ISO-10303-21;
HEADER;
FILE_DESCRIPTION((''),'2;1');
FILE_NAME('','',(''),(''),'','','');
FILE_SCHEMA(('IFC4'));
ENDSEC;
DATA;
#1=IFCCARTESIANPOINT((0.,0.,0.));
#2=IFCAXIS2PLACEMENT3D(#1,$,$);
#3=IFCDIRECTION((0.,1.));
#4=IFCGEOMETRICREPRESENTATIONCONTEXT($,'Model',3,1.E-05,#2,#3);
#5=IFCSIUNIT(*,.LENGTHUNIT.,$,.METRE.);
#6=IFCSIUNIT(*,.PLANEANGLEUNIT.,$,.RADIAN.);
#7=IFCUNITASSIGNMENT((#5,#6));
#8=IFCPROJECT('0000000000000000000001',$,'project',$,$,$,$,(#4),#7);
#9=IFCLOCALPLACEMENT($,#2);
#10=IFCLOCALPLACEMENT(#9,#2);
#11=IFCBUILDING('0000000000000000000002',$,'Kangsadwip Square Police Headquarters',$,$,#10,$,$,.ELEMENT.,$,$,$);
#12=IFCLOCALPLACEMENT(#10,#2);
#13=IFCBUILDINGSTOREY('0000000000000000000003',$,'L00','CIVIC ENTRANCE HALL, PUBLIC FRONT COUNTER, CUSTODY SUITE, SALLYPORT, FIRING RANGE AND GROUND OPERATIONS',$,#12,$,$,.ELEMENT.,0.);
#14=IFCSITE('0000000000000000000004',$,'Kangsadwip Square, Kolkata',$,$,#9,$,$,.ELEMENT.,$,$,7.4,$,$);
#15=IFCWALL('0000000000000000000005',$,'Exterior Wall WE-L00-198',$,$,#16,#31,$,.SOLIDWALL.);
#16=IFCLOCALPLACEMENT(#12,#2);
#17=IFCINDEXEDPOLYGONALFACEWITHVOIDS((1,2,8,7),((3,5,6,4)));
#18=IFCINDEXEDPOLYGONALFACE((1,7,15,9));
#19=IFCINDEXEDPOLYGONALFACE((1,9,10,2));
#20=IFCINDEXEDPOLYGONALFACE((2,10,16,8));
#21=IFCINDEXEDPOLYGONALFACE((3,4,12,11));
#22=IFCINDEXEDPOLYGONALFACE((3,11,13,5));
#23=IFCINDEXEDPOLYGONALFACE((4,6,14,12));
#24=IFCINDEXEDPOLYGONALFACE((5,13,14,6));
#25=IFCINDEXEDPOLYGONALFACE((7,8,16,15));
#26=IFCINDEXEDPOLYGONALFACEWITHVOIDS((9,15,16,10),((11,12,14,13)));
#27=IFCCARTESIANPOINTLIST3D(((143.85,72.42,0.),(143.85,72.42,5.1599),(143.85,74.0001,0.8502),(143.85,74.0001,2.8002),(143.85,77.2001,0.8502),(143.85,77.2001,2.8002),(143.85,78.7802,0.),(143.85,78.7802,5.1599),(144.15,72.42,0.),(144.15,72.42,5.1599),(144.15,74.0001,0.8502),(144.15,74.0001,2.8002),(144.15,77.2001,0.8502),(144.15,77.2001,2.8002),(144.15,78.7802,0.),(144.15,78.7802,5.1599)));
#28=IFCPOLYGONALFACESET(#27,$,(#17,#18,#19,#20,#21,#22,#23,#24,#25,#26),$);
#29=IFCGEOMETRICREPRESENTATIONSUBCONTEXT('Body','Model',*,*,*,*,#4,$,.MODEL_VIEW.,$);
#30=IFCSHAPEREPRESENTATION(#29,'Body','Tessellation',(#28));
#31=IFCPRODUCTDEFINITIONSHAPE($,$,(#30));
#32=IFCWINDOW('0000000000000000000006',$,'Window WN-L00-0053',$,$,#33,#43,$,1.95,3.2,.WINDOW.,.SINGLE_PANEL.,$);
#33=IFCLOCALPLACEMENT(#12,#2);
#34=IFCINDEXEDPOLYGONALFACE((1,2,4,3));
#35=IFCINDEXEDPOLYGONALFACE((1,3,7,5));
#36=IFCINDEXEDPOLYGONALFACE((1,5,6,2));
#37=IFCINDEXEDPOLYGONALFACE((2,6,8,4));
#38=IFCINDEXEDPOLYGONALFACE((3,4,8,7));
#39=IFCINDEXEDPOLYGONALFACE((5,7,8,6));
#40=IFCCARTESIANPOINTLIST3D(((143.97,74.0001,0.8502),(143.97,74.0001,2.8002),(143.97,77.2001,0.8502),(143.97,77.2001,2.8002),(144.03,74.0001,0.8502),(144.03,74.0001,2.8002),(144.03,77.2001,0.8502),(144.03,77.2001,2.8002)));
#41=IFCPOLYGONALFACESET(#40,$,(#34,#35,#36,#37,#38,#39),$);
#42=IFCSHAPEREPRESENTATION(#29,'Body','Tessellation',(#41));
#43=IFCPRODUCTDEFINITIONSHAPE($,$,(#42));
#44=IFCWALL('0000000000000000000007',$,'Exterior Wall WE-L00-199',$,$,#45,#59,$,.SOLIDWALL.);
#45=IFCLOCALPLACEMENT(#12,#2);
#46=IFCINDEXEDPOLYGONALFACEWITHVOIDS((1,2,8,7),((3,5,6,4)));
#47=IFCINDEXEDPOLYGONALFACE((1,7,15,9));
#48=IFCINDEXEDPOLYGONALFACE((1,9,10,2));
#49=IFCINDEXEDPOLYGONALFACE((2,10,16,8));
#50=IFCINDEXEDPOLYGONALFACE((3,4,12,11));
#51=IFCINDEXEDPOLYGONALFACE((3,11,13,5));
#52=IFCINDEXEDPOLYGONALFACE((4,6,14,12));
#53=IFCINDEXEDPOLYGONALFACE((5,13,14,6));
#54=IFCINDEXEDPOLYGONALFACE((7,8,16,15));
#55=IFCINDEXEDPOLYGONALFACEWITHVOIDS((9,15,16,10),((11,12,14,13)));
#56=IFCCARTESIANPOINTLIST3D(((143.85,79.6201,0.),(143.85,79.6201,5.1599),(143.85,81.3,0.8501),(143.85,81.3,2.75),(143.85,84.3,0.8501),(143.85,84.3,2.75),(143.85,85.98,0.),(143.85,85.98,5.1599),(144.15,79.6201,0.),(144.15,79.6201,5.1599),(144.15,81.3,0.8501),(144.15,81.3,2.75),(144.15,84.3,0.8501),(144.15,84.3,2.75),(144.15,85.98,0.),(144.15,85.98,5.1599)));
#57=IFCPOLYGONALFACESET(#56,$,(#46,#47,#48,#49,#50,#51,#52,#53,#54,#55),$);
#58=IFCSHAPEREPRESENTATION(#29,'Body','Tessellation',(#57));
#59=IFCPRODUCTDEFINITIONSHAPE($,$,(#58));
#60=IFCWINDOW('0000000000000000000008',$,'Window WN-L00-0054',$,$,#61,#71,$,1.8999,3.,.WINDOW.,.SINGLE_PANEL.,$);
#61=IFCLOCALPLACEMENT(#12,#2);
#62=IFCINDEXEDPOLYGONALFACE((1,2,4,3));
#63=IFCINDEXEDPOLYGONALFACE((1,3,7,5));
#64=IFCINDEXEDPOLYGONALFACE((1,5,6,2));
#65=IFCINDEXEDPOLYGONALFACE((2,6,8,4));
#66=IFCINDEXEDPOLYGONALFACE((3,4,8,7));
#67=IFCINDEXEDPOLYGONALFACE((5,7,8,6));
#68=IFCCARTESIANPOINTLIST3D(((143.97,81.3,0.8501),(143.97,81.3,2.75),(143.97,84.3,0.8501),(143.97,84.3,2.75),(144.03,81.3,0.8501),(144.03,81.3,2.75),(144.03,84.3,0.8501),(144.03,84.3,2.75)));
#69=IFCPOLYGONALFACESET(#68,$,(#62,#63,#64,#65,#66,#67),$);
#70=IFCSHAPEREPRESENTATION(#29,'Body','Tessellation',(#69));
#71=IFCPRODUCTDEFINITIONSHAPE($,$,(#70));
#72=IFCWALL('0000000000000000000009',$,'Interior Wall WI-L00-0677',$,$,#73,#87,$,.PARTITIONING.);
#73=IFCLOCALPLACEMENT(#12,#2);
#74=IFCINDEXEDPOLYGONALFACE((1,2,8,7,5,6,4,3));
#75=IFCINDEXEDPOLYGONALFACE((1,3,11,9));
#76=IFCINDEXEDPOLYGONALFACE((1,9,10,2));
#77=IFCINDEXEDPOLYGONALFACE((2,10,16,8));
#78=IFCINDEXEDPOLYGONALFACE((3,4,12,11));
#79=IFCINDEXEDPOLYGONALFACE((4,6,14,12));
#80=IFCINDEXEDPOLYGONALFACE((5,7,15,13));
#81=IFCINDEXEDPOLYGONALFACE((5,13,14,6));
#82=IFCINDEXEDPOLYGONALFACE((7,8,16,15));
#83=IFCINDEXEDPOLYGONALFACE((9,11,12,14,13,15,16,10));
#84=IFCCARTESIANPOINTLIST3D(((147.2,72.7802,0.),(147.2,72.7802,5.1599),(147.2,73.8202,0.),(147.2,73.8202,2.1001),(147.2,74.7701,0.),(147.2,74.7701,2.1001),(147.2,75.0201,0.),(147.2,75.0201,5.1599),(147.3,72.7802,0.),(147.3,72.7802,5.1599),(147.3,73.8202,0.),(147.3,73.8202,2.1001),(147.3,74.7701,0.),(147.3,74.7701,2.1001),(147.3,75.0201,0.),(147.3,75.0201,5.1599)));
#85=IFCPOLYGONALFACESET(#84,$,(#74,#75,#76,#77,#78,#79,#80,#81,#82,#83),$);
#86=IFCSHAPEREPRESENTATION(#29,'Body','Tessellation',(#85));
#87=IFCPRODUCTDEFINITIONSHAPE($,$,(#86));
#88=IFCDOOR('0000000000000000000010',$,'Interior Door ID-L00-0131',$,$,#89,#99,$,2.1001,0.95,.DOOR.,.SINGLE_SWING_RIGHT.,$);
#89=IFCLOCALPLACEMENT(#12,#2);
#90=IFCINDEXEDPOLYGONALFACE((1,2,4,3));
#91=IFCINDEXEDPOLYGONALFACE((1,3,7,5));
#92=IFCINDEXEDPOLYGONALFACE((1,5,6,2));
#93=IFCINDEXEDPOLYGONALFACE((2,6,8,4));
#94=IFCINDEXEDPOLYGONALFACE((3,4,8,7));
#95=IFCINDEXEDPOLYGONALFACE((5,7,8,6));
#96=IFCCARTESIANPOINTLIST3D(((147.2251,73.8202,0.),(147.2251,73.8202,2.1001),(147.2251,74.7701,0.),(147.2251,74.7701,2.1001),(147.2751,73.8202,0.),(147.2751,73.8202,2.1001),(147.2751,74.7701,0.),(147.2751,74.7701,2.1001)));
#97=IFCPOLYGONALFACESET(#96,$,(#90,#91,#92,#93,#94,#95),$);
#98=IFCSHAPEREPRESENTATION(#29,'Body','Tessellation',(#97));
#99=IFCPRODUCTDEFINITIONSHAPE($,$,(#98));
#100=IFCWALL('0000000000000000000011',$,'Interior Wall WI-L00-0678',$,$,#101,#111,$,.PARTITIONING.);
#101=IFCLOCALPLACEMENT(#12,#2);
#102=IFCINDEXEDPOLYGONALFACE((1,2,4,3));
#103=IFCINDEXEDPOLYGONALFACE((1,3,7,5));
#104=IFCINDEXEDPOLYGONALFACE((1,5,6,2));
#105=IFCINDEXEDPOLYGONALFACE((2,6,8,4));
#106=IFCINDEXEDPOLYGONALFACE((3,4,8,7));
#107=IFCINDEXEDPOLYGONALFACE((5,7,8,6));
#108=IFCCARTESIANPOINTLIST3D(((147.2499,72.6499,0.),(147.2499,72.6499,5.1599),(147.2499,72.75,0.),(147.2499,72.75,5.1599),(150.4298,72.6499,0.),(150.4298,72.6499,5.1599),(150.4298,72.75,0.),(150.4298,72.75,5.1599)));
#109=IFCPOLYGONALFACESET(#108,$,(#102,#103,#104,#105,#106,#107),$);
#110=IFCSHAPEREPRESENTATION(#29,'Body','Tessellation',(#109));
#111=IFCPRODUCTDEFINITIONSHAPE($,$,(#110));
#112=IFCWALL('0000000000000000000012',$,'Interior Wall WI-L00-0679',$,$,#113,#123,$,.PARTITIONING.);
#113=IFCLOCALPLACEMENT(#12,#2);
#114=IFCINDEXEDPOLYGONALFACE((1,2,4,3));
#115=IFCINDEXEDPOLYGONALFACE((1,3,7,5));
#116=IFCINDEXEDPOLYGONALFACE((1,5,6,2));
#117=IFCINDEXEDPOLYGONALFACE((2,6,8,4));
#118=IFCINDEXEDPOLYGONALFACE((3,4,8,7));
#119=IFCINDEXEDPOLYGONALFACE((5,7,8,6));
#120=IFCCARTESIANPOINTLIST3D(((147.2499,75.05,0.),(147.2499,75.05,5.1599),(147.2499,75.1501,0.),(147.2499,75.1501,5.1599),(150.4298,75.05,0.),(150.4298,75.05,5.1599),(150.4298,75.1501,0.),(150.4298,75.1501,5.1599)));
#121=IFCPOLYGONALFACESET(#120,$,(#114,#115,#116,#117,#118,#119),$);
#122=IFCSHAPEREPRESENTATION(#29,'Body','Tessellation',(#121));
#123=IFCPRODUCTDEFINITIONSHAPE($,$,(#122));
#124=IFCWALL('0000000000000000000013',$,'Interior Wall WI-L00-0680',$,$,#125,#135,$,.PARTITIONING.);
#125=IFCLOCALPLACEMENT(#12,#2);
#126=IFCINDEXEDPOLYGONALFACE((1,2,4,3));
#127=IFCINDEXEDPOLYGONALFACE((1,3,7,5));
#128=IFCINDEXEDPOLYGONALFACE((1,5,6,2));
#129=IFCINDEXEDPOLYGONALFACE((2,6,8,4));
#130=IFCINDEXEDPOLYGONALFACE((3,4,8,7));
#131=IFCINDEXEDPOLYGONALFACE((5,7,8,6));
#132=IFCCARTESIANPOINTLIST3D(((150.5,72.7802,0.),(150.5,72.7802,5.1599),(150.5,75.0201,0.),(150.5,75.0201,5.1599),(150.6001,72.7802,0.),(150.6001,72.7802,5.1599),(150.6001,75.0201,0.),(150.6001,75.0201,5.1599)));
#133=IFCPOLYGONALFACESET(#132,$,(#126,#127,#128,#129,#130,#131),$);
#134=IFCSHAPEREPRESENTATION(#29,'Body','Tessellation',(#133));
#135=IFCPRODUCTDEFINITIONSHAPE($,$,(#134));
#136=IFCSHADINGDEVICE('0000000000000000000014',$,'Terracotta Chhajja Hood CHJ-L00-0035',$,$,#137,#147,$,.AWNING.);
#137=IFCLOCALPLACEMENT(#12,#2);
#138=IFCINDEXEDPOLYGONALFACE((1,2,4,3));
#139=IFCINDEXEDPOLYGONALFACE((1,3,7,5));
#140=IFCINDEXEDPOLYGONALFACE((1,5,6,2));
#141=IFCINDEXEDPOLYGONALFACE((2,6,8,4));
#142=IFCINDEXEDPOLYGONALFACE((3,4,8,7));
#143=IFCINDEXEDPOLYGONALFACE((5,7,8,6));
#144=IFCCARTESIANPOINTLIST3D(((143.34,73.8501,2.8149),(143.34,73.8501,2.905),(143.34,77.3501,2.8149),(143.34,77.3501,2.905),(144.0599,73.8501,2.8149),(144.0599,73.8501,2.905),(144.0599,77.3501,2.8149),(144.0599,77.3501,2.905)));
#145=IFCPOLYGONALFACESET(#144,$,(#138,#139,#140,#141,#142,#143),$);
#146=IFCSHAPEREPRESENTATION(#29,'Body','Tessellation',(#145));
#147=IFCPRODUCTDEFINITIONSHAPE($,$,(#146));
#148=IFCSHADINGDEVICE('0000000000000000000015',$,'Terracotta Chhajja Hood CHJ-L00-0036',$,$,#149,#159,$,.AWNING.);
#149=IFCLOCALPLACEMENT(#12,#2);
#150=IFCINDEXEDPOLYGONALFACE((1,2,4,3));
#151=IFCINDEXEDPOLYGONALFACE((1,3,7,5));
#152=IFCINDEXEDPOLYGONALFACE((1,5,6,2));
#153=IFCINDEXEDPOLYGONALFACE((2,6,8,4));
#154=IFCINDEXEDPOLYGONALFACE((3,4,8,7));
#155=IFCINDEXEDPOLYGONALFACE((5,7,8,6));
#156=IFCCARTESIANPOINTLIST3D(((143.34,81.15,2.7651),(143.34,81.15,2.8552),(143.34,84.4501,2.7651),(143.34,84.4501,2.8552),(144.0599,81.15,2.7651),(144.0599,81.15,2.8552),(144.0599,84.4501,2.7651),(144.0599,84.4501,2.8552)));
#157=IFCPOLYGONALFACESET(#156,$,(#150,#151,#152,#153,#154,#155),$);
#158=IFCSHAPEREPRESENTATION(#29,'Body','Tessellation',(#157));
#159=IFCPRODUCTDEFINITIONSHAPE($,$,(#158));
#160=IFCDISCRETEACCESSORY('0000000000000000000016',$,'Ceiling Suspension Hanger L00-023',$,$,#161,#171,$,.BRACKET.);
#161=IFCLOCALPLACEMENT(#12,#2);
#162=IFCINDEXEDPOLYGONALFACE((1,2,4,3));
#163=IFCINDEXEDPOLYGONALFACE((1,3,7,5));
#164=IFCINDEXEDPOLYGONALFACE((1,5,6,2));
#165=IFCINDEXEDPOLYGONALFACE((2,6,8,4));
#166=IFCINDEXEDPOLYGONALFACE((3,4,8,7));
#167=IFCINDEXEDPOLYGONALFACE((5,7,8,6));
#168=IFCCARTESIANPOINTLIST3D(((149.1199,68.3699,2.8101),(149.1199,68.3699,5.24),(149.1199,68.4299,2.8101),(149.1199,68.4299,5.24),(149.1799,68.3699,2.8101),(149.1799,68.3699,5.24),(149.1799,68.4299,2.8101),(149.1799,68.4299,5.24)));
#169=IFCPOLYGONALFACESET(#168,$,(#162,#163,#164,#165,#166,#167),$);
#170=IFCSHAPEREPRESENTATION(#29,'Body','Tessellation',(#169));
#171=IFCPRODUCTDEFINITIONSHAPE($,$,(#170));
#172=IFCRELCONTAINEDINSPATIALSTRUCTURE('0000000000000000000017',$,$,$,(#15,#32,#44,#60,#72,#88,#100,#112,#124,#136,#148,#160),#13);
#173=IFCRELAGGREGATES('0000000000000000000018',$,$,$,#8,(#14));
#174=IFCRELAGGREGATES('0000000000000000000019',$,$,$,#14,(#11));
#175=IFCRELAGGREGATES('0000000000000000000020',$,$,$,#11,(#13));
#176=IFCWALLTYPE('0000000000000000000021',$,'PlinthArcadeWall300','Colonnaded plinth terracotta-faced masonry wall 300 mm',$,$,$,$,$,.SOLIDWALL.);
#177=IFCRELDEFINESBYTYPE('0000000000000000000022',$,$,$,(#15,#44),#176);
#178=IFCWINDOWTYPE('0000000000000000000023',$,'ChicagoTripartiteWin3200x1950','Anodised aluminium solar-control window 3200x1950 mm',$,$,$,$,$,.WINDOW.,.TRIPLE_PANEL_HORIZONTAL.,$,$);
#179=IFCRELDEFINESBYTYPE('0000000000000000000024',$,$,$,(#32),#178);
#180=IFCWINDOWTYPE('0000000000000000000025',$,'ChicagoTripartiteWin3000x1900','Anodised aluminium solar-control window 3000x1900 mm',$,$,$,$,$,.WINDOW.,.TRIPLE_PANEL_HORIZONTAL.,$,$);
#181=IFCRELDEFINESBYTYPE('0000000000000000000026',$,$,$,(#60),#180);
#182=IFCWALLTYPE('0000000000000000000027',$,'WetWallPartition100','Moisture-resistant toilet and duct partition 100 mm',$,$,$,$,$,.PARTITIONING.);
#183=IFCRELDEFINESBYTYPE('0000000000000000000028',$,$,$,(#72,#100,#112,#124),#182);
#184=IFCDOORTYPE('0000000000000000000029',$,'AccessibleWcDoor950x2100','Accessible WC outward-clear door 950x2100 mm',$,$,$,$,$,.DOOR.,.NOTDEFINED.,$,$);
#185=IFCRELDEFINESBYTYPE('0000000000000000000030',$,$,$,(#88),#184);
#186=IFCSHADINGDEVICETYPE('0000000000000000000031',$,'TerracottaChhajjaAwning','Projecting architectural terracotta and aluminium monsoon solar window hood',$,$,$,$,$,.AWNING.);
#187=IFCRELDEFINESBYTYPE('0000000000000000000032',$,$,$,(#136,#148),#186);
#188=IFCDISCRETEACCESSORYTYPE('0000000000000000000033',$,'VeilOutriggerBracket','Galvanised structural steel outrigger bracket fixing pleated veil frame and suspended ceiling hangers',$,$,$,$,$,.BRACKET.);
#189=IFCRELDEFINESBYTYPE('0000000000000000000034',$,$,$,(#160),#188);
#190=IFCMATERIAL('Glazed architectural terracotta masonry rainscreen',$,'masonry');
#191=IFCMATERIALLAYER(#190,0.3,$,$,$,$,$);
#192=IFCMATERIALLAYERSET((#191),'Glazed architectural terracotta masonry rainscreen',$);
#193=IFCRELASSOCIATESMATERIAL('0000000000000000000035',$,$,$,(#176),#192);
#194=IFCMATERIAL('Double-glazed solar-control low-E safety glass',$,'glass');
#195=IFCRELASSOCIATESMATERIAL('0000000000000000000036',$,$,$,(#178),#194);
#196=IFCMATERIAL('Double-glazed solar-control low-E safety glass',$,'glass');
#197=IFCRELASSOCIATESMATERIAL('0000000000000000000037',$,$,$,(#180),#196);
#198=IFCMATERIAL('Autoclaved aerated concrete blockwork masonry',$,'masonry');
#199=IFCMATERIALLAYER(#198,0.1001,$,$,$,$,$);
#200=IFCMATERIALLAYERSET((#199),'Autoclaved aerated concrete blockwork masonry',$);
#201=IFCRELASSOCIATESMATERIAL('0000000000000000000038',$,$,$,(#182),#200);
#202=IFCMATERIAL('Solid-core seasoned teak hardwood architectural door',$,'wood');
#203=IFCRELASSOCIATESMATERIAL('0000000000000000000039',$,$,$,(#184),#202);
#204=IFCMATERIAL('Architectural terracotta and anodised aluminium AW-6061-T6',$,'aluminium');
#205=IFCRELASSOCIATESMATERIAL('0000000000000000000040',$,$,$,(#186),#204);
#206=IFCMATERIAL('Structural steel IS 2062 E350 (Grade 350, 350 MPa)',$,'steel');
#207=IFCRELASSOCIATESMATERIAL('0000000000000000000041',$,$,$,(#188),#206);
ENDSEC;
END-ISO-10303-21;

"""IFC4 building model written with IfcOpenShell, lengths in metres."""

from ifc_helpers import new_model, si_unit, direction, frame, frame_2d, origin, origin_2d, place, context, subcontext, project, spatial, rectangle, extrude, material, layer, layer_set, type_object, element, fill, save


model = new_model("IFC4")

# Units and contexts
model_context = context("Model", 3, precision=1e-05, world=origin(), true_north=direction((0.0, 1.0)))
body_context = subcontext(model_context, "Body", "Model", "MODEL_VIEW")
ifc_project = project(units=[si_unit("LENGTHUNIT", "METRE"), si_unit("PLANEANGLEUNIT", "RADIAN")], contexts=[model_context])

# Site, building, storey
site_placement = place(None, origin())
site = spatial("IfcSite", under=ifc_project, at=site_placement, Name="Kangsadwip Square, Kolkata", CompositionType="ELEMENT", RefElevation=7.4)
building_placement = place(site_placement, origin())
building = spatial("IfcBuilding", under=site, at=building_placement, Name="Kangsadwip Square Police Headquarters", CompositionType="ELEMENT")
storey_placement = place(building_placement, origin())
storey = spatial("IfcBuildingStorey", under=building, at=storey_placement, Name="L00", Description="CIVIC ENTRANCE HALL, PUBLIC FRONT COUNTER, CUSTODY SUITE, SALLYPORT, FIRING RANGE AND GROUND OPERATIONS", CompositionType="ELEMENT", Elevation=0.0)

# Walls, openings, windows
ifc_material_1 = material(Name="Glazed architectural terracotta masonry rainscreen", Category="masonry")
ifc_layer_1 = layer(ifc_material_1, 0.3)
ifc_layer_set_1 = layer_set([ifc_layer_1], Name="Glazed architectural terracotta masonry rainscreen")
wall_type_1 = type_object("IfcWallType", Name="PlinthArcadeWall300", Description="Colonnaded plinth terracotta-faced masonry wall 300 mm", PredefinedType="SOLIDWALL", material=ifc_layer_set_1)
wall_1_placement = place(storey_placement, frame((144.0, 72.4199, 0.0), z_axis=(0.0, 0.0, 1.0), x_axis=(0.0, 1.0, 0.0)))
wall_1 = element("IfcWall", 1, at=wall_1_placement, inside=storey, type_object=wall_type_1, Name="Exterior Wall WE-L00-198", PredefinedType="SOLIDWALL", context=body_context, shape_type="SweptSolid", body=[
    extrude(rectangle(XDim=6.3601, YDim=0.3, at=frame_2d((3.1802, 0.0))), origin(), (0.0, 0.0, 1.0), 5.1599),
])
opening_1_placement = place(wall_1_placement, frame((1.5801, 0.0, 0.8501)))
opening_1 = element("IfcOpeningElement", 2, at=opening_1_placement, cuts=wall_1, PredefinedType="OPENING", context=body_context, shape_type="SweptSolid", body=[
    extrude(rectangle(XDim=3.2, YDim=1.95, at=frame_2d((1.6001, 0.9751))), frame((0.0, 0.1599, 0.0), z_axis=(0.0, -1.0, 0.0), x_axis=(1.0, 0.0, 0.0)), (0.0, 0.0, 1.0), 0.3201),
])
ifc_material_2 = material(Name="Double-glazed solar-control low-E safety glass", Category="glass")
window_type_1 = type_object("IfcWindowType", Name="ChicagoTripartiteWin3200x1950", Description="Anodised aluminium solar-control window 3200x1950 mm", PartitioningType="TRIPLE_PANEL_HORIZONTAL", PredefinedType="WINDOW", material=ifc_material_2)
window_1_placement = place(opening_1_placement, origin())
window_1 = element("IfcWindow", 3, at=window_1_placement, inside=storey, type_object=window_type_1, Name="Window WN-L00-0053", OverallHeight=1.95, OverallWidth=3.2, PartitioningType="SINGLE_PANEL", PredefinedType="WINDOW", context=body_context, shape_type="SweptSolid", body=[
    extrude(rectangle(XDim=3.2, YDim=1.95, at=frame_2d((1.6001, 0.9751))), frame((0.0, 0.03, 0.0), z_axis=(0.0, -1.0, 0.0), x_axis=(1.0, 0.0, 0.0)), (0.0, 0.0, 1.0), 0.0601),
])
fill(opening_1, window_1)
wall_2_placement = place(storey_placement, frame((144.0, 79.6201, 0.0), z_axis=(0.0, 0.0, 1.0), x_axis=(0.0, 1.0, 0.0)))
wall_2 = element("IfcWall", 4, at=wall_2_placement, inside=storey, type_object=wall_type_1, Name="Exterior Wall WE-L00-199", PredefinedType="SOLIDWALL", context=body_context, shape_type="SweptSolid", body=[
    extrude(rectangle(XDim=6.3599, YDim=0.3, at=frame_2d((3.1799, 0.0))), origin(), (0.0, 0.0, 1.0), 5.1599),
])
opening_2_placement = place(wall_2_placement, frame((1.6799, 0.0, 0.8501)))
opening_2 = element("IfcOpeningElement", 5, at=opening_2_placement, cuts=wall_2, PredefinedType="OPENING", context=body_context, shape_type="SweptSolid", body=[
    extrude(rectangle(XDim=3.0, YDim=1.8999, at=frame_2d((1.5, 0.95))), frame((0.0, 0.1599, 0.0), z_axis=(0.0, -1.0, 0.0), x_axis=(1.0, 0.0, 0.0)), (0.0, 0.0, 1.0), 0.3201),
])
ifc_material_3 = material(Name="Double-glazed solar-control low-E safety glass", Category="glass")
window_type_2 = type_object("IfcWindowType", Name="ChicagoTripartiteWin3000x1900", Description="Anodised aluminium solar-control window 3000x1900 mm", PartitioningType="TRIPLE_PANEL_HORIZONTAL", PredefinedType="WINDOW", material=ifc_material_3)
window_2_placement = place(opening_2_placement, origin())
window_2 = element("IfcWindow", 6, at=window_2_placement, inside=storey, type_object=window_type_2, Name="Window WN-L00-0054", OverallHeight=1.8999, OverallWidth=3.0, PartitioningType="SINGLE_PANEL", PredefinedType="WINDOW", context=body_context, shape_type="SweptSolid", body=[
    extrude(rectangle(XDim=3.0, YDim=1.8999, at=frame_2d((1.5, 0.95))), frame((0.0, 0.03, 0.0), z_axis=(0.0, -1.0, 0.0), x_axis=(1.0, 0.0, 0.0)), (0.0, 0.0, 1.0), 0.0601),
])
fill(opening_2, window_2)

# Wall, opening, door
ifc_material_4 = material(Name="Autoclaved aerated concrete blockwork masonry", Category="masonry")
ifc_layer_2 = layer(ifc_material_4, 0.1001)
ifc_layer_set_2 = layer_set([ifc_layer_2], Name="Autoclaved aerated concrete blockwork masonry")
wall_type_2 = type_object("IfcWallType", Name="WetWallPartition100", Description="Moisture-resistant toilet and duct partition 100 mm", PredefinedType="PARTITIONING", material=ifc_layer_set_2)
wall_3_placement = place(storey_placement, frame((147.25, 72.78, 0.0), z_axis=(0.0, 0.0, 1.0), x_axis=(0.0, 1.0, 0.0)))
wall_3 = element("IfcWall", 7, at=wall_3_placement, inside=storey, type_object=wall_type_2, Name="Interior Wall WI-L00-0677", PredefinedType="PARTITIONING", context=body_context, shape_type="SweptSolid", body=[
    extrude(rectangle(XDim=2.24, YDim=0.1001, at=frame_2d((1.1201, 0.0))), origin(), (0.0, 0.0, 1.0), 5.1599),
])
opening_3_placement = place(wall_3_placement, frame((1.04, 0.0, 0.0)))
opening_3 = element("IfcOpeningElement", 8, at=opening_3_placement, cuts=wall_3, PredefinedType="OPENING", context=body_context, shape_type="SweptSolid", body=[
    extrude(rectangle(XDim=0.95, YDim=2.1001, at=frame_2d((0.4751, 1.05))), frame((0.0, 0.0601, 0.0), z_axis=(0.0, -1.0, 0.0), x_axis=(1.0, 0.0, 0.0)), (0.0, 0.0, 1.0), 0.1201),
])
ifc_material_5 = material(Name="Solid-core seasoned teak hardwood architectural door", Category="wood")
door_type = type_object("IfcDoorType", Name="AccessibleWcDoor950x2100", Description="Accessible WC outward-clear door 950x2100 mm", OperationType="NOTDEFINED", PredefinedType="DOOR", material=ifc_material_5)
door_placement = place(opening_3_placement, origin())
door = element("IfcDoor", 9, at=door_placement, inside=storey, type_object=door_type, Name="Interior Door ID-L00-0131", OperationType="SINGLE_SWING_RIGHT", OverallHeight=2.1001, OverallWidth=0.95, PredefinedType="DOOR", context=body_context, shape_type="SweptSolid", body=[
    extrude(rectangle(XDim=0.95, YDim=2.1001, at=frame_2d((0.4751, 1.05))), frame((0.0, 0.0249, 0.0), z_axis=(0.0, -1.0, 0.0), x_axis=(1.0, 0.0, 0.0)), (0.0, 0.0, 1.0), 0.05),
])
fill(opening_3, door)

# Walls
for number, where, z_axis, x_axis, name in (
    (10, (147.25, 72.7, 0.0), (0.0, 0.0, 1.0), (1.0, 0.0, 0.0), "Interior Wall WI-L00-0678"),
    (11, (147.25, 75.1001, 0.0), (0.0, 0.0, 1.0), (1.0, 0.0, 0.0), "Interior Wall WI-L00-0679"),
):
    element("IfcWall", number, at=place(storey_placement, frame(where, z_axis=z_axis, x_axis=x_axis)), inside=storey, type_object=wall_type_2, Name=name, PredefinedType="PARTITIONING", context=body_context, shape_type="SweptSolid", body=[
        extrude(rectangle(XDim=3.1799, YDim=0.1001, at=frame_2d((1.5898, 0.0))), origin(), (0.0, 0.0, 1.0), 5.1599),
    ])
wall_4_placement = place(storey_placement, frame((150.55, 72.78, 0.0), z_axis=(0.0, 0.0, 1.0), x_axis=(0.0, 1.0, 0.0)))
element("IfcWall", 12, at=wall_4_placement, inside=storey, type_object=wall_type_2, Name="Interior Wall WI-L00-0680", PredefinedType="PARTITIONING", context=body_context, shape_type="SweptSolid", body=[
    extrude(rectangle(XDim=2.24, YDim=0.1001, at=frame_2d((1.1201, 0.0))), origin(), (0.0, 0.0, 1.0), 5.1599),
])

# Shading devices
ifc_material_6 = material(Name="Architectural terracotta and anodised aluminium AW-6061-T6", Category="aluminium")
shading_device_type = type_object("IfcShadingDeviceType", Name="TerracottaChhajjaAwning", Description="Projecting architectural terracotta and aluminium monsoon solar window hood", PredefinedType="AWNING", material=ifc_material_6)
shading_device_1_placement = place(storey_placement, frame((143.7, 75.6001, 2.8149), z_axis=(0.0, 0.0, 1.0), x_axis=(0.0, 1.0, 0.0)))
element("IfcShadingDevice", 13, at=shading_device_1_placement, inside=storey, type_object=shading_device_type, Name="Terracotta Chhajja Hood CHJ-L00-0035", PredefinedType="AWNING", context=body_context, shape_type="SweptSolid", body=[
    extrude(rectangle(XDim=3.5, YDim=0.72, at=origin_2d()), origin(), (0.0, 0.0, 1.0), 0.0901),
])
shading_device_2_placement = place(storey_placement, frame((143.7, 82.8, 2.7651), z_axis=(0.0, 0.0, 1.0), x_axis=(0.0, 1.0, 0.0)))
element("IfcShadingDevice", 14, at=shading_device_2_placement, inside=storey, type_object=shading_device_type, Name="Terracotta Chhajja Hood CHJ-L00-0036", PredefinedType="AWNING", context=body_context, shape_type="SweptSolid", body=[
    extrude(rectangle(XDim=3.3, YDim=0.72, at=origin_2d()), origin(), (0.0, 0.0, 1.0), 0.0901),
])

# Discrete accessory
ifc_material_7 = material(Name="Structural steel IS 2062 E350 (Grade 350, 350 MPa)", Category="steel")
discrete_accessory_type = type_object("IfcDiscreteAccessoryType", Name="VeilOutriggerBracket", Description="Galvanised structural steel outrigger bracket fixing pleated veil frame and suspended ceiling hangers", PredefinedType="BRACKET", material=ifc_material_7)
discrete_accessory_placement = place(storey_placement, frame((149.1499, 68.3999, 2.8101), z_axis=(0.0, 0.0, 1.0), x_axis=(1.0, 0.0, 0.0)))
element("IfcDiscreteAccessory", 15, at=discrete_accessory_placement, inside=storey, type_object=discrete_accessory_type, Name="Ceiling Suspension Hanger L00-023", PredefinedType="BRACKET", context=body_context, shape_type="SweptSolid", body=[
    extrude(rectangle(XDim=0.0601, YDim=0.0601, at=origin_2d()), origin(), (0.0, 0.0, 1.0), 2.4299),
])

save(model, "model.ifc")
